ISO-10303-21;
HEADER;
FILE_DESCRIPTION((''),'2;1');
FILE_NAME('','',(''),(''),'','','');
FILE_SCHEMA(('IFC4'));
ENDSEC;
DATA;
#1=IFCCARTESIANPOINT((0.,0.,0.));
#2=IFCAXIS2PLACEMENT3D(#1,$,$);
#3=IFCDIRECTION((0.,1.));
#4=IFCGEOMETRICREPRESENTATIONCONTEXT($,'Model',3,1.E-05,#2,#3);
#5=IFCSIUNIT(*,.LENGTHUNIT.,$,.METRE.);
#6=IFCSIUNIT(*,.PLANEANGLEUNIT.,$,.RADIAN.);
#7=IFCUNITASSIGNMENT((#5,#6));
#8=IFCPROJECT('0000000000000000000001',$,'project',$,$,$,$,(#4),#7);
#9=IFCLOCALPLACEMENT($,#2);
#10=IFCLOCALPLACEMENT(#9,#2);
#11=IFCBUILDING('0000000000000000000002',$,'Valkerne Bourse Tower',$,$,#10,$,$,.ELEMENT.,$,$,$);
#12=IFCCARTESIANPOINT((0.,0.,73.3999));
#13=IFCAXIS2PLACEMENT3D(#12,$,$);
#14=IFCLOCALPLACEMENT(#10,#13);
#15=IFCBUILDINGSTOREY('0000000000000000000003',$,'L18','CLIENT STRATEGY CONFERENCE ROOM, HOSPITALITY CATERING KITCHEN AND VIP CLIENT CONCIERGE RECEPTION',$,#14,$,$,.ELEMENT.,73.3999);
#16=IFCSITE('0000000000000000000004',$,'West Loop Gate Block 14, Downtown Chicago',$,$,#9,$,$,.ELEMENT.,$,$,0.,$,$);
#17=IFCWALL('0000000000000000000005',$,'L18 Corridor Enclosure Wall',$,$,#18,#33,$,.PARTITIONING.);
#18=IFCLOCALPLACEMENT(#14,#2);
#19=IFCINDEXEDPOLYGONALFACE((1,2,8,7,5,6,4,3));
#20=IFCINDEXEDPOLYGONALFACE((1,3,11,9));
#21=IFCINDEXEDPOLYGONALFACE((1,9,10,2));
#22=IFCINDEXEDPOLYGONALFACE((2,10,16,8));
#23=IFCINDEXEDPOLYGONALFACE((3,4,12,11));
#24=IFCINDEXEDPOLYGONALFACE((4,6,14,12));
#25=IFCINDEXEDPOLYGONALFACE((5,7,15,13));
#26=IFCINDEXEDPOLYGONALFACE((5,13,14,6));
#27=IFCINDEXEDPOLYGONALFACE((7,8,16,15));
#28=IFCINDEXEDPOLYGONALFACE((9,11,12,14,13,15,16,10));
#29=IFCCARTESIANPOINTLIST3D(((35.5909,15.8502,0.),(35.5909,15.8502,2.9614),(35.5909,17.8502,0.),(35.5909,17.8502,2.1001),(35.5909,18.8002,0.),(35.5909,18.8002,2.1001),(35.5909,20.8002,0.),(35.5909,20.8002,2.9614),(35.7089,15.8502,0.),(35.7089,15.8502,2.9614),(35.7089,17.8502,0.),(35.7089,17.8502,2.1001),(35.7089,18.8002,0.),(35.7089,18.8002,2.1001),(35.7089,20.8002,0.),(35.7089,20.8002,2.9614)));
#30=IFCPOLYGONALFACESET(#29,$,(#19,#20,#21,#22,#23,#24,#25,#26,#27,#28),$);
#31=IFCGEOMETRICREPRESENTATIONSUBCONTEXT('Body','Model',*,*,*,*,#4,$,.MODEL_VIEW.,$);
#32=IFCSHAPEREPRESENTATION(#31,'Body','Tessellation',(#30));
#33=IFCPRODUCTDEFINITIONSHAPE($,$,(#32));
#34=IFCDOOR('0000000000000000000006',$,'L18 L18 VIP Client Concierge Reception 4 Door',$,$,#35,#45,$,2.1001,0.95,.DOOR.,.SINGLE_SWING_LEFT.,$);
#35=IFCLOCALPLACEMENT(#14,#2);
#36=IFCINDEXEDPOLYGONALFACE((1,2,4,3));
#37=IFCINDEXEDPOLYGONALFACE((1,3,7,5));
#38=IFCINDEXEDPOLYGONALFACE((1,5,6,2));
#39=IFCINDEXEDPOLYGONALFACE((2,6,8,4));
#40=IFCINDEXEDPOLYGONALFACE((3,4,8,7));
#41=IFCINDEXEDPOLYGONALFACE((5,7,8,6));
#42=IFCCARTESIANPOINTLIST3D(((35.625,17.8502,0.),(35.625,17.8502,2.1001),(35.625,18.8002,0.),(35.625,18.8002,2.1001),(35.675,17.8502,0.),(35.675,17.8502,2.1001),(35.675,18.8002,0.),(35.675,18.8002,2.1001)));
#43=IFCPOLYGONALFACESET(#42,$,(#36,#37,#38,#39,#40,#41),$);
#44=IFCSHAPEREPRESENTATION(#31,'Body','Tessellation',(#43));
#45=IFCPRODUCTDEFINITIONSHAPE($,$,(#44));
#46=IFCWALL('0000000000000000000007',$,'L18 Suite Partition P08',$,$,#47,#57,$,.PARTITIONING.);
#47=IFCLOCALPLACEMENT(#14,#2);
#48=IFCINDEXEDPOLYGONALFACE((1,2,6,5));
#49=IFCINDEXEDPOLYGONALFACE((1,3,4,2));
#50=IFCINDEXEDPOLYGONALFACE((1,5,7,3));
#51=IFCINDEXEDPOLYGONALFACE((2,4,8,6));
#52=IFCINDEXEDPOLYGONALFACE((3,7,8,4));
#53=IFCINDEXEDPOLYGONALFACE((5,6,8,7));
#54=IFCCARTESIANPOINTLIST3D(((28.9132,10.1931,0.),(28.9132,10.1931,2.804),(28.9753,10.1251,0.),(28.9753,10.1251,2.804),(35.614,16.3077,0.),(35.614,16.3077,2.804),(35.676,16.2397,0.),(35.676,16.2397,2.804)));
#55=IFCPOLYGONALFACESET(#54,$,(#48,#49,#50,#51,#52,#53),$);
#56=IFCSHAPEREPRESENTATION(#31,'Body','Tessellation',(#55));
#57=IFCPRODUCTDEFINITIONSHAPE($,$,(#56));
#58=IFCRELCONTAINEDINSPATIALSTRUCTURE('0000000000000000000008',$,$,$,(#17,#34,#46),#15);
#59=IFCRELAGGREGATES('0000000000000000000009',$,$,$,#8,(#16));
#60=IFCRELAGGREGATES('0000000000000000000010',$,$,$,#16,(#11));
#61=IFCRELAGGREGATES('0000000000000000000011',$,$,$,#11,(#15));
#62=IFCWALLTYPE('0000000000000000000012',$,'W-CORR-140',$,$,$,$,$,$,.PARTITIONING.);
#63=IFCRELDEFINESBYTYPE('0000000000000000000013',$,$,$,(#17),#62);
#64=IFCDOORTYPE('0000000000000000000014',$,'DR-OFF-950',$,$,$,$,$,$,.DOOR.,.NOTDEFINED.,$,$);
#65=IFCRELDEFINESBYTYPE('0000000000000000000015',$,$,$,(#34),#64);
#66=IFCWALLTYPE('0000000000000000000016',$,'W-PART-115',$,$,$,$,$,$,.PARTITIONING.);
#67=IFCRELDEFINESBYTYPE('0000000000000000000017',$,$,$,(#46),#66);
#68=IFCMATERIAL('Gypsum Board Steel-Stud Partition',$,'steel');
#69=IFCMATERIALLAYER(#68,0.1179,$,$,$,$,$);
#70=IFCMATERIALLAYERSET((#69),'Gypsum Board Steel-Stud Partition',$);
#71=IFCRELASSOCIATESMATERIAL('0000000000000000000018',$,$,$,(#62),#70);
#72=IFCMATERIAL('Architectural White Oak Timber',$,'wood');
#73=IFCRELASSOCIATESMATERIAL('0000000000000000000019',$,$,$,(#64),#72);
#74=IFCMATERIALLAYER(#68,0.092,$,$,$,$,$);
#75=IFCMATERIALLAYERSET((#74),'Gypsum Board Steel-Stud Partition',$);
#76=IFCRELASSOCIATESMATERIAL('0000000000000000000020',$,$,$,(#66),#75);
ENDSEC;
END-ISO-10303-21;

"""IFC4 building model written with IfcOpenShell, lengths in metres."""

from ifc_helpers import new_model, si_unit, direction, frame, frame_2d, origin, place, context, subcontext, project, spatial, rectangle, extrude, material, layer, layer_set, type_object, element, fill, save


model = new_model("IFC4")

# Units and contexts
model_context = context("Model", 3, precision=1e-05, world=origin(), true_north=direction((0.0, 1.0)))
body_context = subcontext(model_context, "Body", "Model", "MODEL_VIEW")
ifc_project = project(units=[si_unit("LENGTHUNIT", "METRE"), si_unit("PLANEANGLEUNIT", "RADIAN")], contexts=[model_context])

# Site, building, storey
site_placement = place(None, origin())
site = spatial("IfcSite", under=ifc_project, at=site_placement, Name="West Loop Gate Block 14, Downtown Chicago", CompositionType="ELEMENT", RefElevation=0.0)
building_placement = place(site_placement, origin())
building = spatial("IfcBuilding", under=site, at=building_placement, Name="Valkerne Bourse Tower", CompositionType="ELEMENT")
storey_placement = place(building_placement, frame((0.0, 0.0, 73.3999)))
storey = spatial("IfcBuildingStorey", under=building, at=storey_placement, Name="L18", Description="CLIENT STRATEGY CONFERENCE ROOM, HOSPITALITY CATERING KITCHEN AND VIP CLIENT CONCIERGE RECEPTION", CompositionType="ELEMENT", Elevation=73.3999)

# Wall, opening, door
ifc_material_1 = material(Name="Gypsum Board Steel-Stud Partition", Category="steel")
ifc_layer_1 = layer(ifc_material_1, 0.1179)
ifc_layer_set_1 = layer_set([ifc_layer_1], Name="Gypsum Board Steel-Stud Partition")
wall_type_1 = type_object("IfcWallType", Name="W-CORR-140", PredefinedType="PARTITIONING", material=ifc_layer_set_1)
wall_1_placement = place(storey_placement, frame((35.6499, 15.8501, 0.0), z_axis=(0.0, 0.0, 1.0), x_axis=(0.0, 1.0, 0.0)))
wall_1 = element("IfcWall", 1, at=wall_1_placement, inside=storey, type_object=wall_type_1, Name="L18 Corridor Enclosure Wall", PredefinedType="PARTITIONING", context=body_context, shape_type="SweptSolid", body=[
    extrude(rectangle(XDim=4.95, YDim=0.1179, at=frame_2d((2.4751, 0.0))), origin(), (0.0, 0.0, 1.0), 2.9614),
])
opening_placement = place(wall_1_placement, frame((2.0, 0.0, 0.0)))
opening = element("IfcOpeningElement", 2, at=opening_placement, cuts=wall_1, PredefinedType="OPENING", context=body_context, shape_type="SweptSolid", body=[
    extrude(rectangle(XDim=0.95, YDim=2.1001, at=frame_2d((0.4751, 1.05))), frame((0.0, 0.0688, 0.0), z_axis=(0.0, -1.0, 0.0), x_axis=(1.0, 0.0, 0.0)), (0.0, 0.0, 1.0), 0.1379),
])
ifc_material_2 = material(Name="Architectural White Oak Timber", Category="wood")
door_type = type_object("IfcDoorType", Name="DR-OFF-950", OperationType="NOTDEFINED", PredefinedType="DOOR", material=ifc_material_2)
door_placement = place(opening_placement, origin())
door = element("IfcDoor", 3, at=door_placement, inside=storey, type_object=door_type, Name="L18 L18 VIP Client Concierge Reception 4 Door", OperationType="SINGLE_SWING_LEFT", OverallHeight=2.1001, OverallWidth=0.95, PredefinedType="DOOR", context=body_context, shape_type="SweptSolid", body=[
    extrude(rectangle(XDim=0.95, YDim=2.1001, at=frame_2d((0.4751, 1.05))), frame((0.0, 0.0249, 0.0), z_axis=(0.0, -1.0, 0.0), x_axis=(1.0, 0.0, 0.0)), (0.0, 0.0, 1.0), 0.05),
])
fill(opening, door)

# Wall
ifc_layer_2 = layer(ifc_material_1, 0.092)
ifc_layer_set_2 = layer_set([ifc_layer_2], Name="Gypsum Board Steel-Stud Partition")
wall_type_2 = type_object("IfcWallType", Name="W-PART-115", PredefinedType="PARTITIONING", material=ifc_layer_set_2)
wall_2_placement = place(storey_placement, frame((35.645, 16.2737, 0.0), z_axis=(0.0, 0.0, 1.0), x_axis=(-0.738678, -0.674058, 0.0)))
element("IfcWall", 4, at=wall_2_placement, inside=storey, type_object=wall_type_2, Name="L18 Suite Partition P08", PredefinedType="PARTITIONING", context=body_context, shape_type="SweptSolid", body=[
    extrude(rectangle(XDim=9.0713, YDim=0.092, at=frame_2d((4.5356, 0.0))), origin(), (0.0, 0.0, 1.0), 2.804),
])

save(model, "model.ifc")
